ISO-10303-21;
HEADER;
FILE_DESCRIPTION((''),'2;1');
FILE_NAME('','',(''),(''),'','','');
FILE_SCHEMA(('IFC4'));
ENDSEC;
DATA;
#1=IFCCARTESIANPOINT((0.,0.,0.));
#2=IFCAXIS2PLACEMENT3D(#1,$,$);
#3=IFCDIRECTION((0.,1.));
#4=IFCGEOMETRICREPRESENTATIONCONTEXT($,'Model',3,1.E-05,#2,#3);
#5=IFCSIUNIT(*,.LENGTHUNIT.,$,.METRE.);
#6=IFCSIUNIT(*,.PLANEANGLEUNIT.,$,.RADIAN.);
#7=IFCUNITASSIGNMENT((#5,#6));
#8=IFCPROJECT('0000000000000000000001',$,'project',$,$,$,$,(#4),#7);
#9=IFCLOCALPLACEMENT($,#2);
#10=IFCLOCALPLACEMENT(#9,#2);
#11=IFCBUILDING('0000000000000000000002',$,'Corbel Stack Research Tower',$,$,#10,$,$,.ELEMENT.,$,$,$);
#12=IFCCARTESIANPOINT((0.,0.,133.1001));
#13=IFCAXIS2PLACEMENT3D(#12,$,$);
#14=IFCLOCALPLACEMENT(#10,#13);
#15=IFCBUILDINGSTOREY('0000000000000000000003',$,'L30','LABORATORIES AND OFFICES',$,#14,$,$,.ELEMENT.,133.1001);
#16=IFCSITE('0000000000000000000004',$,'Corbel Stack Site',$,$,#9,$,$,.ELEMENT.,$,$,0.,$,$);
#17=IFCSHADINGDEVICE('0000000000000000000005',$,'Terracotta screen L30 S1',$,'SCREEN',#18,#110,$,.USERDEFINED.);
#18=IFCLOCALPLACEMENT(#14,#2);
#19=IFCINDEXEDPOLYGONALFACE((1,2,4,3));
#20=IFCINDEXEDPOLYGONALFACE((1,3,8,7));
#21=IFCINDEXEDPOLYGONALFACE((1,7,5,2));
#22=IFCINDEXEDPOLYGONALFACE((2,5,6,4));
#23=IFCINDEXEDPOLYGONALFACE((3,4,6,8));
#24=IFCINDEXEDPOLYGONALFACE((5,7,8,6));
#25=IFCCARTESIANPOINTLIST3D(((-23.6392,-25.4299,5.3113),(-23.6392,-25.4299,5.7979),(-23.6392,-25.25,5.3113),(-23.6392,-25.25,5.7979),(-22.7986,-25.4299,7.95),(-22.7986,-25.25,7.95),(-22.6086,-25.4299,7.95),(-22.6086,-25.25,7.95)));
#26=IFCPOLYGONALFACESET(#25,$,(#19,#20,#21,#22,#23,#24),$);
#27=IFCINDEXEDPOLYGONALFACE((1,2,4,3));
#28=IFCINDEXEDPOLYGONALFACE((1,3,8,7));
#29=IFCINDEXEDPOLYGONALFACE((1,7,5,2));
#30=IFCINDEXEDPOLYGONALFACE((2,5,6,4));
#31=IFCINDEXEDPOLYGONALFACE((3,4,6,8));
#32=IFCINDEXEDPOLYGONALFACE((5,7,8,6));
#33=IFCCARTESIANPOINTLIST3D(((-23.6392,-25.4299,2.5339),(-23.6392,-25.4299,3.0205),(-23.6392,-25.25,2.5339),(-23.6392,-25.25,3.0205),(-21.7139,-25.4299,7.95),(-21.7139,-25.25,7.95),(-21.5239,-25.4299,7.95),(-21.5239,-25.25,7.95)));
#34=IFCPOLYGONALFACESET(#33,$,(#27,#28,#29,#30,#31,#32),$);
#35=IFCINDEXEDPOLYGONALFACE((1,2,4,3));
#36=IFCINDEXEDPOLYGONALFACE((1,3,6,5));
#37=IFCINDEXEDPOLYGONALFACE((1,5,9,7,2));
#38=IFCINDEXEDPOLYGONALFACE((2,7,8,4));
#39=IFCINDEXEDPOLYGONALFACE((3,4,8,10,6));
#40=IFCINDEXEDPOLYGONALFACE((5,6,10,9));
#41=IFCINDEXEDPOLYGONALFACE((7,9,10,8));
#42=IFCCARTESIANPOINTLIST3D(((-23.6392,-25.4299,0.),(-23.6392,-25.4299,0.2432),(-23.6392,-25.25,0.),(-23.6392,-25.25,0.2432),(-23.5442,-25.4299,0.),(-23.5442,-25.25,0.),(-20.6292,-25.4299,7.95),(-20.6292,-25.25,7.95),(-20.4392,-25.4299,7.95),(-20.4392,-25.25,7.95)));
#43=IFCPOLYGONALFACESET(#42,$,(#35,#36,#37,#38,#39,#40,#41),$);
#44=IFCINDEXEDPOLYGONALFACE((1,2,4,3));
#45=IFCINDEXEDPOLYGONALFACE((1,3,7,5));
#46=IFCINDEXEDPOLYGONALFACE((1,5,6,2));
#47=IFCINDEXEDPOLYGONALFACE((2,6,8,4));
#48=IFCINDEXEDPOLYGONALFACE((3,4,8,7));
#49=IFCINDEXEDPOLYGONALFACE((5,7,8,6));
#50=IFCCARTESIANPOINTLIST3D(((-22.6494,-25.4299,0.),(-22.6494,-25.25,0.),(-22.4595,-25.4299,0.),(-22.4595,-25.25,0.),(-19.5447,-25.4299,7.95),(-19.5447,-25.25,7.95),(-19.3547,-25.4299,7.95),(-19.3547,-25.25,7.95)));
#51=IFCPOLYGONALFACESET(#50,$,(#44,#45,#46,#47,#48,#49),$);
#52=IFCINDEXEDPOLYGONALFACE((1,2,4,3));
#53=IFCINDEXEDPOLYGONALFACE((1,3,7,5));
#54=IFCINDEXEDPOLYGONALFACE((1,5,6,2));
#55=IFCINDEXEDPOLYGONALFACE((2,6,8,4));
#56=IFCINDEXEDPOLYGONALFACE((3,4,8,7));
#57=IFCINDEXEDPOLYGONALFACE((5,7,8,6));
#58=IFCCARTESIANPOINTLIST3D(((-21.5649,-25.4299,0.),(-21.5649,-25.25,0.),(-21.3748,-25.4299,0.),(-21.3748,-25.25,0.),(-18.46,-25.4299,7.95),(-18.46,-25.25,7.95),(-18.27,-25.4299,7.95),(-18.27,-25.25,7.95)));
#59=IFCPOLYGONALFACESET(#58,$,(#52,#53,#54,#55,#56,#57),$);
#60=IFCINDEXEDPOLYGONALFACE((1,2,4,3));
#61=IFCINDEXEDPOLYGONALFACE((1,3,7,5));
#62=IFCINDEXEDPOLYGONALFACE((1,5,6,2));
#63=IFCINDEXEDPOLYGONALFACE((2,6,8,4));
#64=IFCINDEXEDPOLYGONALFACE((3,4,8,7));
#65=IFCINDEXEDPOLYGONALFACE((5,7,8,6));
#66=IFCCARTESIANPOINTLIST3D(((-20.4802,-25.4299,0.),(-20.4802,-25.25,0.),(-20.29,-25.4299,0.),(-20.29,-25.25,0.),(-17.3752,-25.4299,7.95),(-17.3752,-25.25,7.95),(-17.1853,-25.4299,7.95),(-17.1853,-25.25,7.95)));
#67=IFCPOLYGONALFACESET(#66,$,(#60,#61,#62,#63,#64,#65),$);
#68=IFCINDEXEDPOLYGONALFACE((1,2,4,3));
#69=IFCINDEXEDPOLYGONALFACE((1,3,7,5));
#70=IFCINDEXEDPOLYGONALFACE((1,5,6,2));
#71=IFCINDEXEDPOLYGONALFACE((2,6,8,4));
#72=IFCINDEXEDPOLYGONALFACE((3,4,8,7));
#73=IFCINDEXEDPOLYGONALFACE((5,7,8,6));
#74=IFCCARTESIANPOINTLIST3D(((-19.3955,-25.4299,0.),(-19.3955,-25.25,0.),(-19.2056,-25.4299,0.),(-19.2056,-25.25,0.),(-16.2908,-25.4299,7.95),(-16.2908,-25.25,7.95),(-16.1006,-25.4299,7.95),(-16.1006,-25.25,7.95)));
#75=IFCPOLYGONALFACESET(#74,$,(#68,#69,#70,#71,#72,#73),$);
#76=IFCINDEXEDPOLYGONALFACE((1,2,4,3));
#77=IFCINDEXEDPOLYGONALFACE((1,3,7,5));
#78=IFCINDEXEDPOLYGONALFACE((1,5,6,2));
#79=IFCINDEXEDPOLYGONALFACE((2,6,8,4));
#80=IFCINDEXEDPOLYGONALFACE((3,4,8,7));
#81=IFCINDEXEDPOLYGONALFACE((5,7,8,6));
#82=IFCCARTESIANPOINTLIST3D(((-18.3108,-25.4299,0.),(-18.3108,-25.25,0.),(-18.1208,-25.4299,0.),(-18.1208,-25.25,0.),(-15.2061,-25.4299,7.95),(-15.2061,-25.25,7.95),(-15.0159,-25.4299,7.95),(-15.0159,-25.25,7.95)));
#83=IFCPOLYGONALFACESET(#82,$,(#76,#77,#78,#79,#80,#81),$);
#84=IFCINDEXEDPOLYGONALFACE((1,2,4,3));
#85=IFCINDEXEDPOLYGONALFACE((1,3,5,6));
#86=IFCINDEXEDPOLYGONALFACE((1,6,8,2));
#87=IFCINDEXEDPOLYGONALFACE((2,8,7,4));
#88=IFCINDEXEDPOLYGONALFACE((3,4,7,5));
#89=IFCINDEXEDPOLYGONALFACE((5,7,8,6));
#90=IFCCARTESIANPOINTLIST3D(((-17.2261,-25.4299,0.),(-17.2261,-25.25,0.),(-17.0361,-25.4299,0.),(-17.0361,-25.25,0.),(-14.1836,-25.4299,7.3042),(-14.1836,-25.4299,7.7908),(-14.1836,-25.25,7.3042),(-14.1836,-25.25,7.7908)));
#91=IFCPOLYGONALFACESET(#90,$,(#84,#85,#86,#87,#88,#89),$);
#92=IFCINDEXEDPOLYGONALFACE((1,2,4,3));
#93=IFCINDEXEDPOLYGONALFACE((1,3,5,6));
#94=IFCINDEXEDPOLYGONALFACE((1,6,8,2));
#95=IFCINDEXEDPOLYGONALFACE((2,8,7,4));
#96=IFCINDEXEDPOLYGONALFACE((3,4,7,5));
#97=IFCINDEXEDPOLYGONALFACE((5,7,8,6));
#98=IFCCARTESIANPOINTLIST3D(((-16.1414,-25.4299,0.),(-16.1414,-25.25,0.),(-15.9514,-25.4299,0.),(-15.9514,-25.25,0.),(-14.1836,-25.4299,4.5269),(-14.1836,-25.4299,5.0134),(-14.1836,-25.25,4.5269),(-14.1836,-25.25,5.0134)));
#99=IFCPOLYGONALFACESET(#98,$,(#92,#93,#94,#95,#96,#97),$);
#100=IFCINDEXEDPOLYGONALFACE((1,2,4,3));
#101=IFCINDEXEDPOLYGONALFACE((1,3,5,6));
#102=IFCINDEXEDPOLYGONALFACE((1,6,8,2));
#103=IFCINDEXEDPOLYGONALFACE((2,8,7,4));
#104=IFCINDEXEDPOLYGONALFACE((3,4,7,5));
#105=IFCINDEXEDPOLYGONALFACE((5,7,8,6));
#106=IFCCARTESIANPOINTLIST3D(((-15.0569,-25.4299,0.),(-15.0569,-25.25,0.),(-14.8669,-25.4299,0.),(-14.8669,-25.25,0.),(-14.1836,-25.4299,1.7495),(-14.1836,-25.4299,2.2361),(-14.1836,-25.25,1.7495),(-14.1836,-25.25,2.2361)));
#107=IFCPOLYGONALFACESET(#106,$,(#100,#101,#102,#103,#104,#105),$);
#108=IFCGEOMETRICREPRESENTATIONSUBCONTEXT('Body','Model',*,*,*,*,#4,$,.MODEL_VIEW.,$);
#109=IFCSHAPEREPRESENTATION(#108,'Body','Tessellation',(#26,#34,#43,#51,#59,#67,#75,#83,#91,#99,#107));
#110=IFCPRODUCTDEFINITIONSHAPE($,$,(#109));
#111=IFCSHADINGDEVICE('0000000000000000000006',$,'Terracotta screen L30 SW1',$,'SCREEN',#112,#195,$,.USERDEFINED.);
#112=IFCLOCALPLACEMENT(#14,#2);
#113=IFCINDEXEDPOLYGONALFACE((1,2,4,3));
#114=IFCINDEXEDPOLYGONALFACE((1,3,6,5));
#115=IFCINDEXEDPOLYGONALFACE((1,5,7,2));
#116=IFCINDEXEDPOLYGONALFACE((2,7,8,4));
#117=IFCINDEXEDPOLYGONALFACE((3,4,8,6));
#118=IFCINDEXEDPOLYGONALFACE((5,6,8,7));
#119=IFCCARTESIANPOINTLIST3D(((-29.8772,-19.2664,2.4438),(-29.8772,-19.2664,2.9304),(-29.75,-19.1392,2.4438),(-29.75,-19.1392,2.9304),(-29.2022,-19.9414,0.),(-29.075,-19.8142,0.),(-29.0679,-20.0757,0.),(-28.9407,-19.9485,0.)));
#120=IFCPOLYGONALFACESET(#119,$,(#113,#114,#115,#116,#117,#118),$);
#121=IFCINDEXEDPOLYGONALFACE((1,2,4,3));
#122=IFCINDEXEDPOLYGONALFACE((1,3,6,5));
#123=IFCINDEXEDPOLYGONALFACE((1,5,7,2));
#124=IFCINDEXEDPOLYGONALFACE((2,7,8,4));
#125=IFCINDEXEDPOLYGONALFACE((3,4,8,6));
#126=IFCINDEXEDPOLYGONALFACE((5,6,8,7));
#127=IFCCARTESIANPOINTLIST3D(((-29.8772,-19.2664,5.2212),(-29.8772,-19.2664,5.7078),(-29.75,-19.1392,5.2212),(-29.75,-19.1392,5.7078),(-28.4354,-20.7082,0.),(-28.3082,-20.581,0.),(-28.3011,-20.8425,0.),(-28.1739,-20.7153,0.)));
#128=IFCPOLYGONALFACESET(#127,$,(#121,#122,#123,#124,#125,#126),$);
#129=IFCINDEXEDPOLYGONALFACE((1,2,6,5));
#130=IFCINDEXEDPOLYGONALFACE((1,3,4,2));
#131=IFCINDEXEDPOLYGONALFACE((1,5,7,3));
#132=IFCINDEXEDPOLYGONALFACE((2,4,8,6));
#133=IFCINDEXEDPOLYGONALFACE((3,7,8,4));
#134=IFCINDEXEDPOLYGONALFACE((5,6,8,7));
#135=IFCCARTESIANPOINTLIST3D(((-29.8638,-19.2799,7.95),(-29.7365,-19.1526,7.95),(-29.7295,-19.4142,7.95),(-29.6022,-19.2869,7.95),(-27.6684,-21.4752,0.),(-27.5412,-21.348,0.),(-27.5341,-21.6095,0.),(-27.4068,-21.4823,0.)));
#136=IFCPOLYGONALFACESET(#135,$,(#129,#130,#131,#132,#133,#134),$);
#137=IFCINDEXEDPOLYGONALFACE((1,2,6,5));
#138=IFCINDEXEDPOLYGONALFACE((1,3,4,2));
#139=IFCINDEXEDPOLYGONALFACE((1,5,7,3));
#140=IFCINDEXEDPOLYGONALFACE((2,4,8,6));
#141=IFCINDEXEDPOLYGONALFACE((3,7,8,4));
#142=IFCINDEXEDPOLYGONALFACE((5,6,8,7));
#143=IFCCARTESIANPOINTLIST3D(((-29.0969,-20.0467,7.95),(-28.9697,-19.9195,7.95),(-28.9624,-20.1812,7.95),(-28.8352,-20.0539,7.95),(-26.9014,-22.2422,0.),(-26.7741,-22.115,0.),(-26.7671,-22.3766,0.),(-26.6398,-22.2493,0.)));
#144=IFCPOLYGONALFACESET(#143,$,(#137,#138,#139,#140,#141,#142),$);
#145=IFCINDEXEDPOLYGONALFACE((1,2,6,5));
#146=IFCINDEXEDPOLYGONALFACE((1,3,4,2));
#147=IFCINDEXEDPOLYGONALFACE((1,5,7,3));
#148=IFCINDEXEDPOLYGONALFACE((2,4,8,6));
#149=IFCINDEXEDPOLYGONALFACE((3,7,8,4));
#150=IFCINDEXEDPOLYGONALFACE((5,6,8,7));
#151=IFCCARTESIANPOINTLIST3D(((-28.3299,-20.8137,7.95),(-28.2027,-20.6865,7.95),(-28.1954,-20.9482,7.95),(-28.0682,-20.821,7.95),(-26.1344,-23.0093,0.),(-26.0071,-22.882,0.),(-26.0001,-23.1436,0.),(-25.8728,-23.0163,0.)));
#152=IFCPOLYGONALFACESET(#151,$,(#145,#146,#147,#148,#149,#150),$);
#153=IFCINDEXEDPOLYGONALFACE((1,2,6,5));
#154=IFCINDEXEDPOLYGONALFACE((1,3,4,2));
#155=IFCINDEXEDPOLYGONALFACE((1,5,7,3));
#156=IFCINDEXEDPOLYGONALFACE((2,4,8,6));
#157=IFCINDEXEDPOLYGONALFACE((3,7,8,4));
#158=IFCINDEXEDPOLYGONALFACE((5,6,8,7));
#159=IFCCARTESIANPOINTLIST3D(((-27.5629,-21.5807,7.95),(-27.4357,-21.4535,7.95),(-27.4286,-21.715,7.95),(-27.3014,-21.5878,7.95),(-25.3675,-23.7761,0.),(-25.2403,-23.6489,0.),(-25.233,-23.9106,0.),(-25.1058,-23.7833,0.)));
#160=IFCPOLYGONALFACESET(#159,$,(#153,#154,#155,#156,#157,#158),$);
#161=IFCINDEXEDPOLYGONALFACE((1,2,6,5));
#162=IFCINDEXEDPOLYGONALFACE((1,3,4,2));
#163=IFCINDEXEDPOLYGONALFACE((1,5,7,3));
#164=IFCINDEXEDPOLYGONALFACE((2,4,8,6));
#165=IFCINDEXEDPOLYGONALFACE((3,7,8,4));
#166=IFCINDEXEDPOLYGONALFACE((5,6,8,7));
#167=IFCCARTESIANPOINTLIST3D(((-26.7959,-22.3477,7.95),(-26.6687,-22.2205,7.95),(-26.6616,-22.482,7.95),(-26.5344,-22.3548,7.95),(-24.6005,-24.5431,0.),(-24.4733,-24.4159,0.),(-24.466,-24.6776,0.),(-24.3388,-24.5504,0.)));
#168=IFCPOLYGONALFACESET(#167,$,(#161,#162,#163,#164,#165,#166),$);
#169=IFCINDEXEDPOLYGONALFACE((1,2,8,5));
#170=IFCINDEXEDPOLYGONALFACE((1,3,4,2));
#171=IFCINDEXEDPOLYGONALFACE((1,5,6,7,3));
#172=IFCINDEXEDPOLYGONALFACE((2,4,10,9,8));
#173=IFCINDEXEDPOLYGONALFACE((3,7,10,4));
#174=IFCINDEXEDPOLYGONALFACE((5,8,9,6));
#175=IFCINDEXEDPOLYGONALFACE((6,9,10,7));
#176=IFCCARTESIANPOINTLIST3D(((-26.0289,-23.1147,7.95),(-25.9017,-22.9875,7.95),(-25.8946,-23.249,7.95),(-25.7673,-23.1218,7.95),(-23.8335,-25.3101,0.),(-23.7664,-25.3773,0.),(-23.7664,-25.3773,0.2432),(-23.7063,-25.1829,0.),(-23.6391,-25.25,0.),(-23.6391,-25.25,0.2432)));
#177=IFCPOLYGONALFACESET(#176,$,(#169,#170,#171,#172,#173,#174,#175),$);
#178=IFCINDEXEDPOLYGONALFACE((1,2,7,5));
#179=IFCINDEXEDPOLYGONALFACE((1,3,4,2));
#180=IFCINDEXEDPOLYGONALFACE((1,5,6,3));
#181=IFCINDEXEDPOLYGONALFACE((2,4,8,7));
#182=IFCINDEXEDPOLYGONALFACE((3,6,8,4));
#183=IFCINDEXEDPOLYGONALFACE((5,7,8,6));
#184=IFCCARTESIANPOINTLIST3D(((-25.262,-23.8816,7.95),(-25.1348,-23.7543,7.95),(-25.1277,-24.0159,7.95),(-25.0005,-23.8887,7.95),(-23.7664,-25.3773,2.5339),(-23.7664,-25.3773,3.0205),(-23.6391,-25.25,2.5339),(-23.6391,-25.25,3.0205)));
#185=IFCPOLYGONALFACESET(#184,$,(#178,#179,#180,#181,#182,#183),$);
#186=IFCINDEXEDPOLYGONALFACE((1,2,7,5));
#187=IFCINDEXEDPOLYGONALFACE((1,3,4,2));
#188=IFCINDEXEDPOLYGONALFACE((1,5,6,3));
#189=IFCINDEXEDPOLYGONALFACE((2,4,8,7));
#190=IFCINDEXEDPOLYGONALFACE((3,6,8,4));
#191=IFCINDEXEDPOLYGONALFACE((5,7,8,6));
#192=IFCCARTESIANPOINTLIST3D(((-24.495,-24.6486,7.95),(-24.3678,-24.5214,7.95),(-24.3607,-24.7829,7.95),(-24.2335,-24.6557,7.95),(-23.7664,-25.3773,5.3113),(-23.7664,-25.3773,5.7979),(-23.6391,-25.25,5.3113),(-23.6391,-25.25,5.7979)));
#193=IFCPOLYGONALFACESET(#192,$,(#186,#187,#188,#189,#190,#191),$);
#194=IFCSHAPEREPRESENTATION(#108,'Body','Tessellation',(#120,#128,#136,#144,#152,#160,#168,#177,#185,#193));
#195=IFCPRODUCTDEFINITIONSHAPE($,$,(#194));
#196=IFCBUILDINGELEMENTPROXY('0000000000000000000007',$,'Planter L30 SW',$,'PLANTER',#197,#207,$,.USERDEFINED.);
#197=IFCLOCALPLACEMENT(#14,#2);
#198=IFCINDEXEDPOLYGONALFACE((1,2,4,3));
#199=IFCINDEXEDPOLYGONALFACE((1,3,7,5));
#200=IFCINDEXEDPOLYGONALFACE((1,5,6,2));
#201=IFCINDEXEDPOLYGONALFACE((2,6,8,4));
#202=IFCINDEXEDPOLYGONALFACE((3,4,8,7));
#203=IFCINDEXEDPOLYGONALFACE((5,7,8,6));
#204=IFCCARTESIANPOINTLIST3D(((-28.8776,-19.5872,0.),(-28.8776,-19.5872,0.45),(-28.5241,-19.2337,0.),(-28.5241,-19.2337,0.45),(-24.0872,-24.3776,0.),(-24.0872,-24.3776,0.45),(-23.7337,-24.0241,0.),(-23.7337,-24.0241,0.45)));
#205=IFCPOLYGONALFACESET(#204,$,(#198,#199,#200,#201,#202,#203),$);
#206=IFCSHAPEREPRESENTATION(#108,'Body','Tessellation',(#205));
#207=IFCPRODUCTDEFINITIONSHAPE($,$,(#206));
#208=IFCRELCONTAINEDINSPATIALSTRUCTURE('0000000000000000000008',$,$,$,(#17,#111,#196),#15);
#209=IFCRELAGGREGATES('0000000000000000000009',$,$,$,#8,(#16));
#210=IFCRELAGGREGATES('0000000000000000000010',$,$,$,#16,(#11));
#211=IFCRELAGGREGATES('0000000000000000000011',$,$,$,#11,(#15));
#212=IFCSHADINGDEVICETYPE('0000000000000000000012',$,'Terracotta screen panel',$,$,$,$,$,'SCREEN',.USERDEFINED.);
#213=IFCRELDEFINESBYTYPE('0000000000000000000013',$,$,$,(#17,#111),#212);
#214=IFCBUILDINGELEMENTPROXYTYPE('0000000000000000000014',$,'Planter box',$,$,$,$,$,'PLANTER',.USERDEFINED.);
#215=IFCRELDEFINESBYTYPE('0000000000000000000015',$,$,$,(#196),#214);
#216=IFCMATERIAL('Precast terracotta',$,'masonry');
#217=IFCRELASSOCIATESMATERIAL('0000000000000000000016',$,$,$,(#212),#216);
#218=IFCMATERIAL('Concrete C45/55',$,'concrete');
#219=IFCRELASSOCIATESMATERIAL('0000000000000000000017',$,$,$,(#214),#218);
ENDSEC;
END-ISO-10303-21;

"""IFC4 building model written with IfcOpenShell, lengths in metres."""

from ifc_helpers import new_model, si_unit, direction, frame, origin, origin_2d, place, context, subcontext, project, spatial, polyline, rectangle, outline, extrude, source, transform, mapped, material, type_object, element, save


model = new_model("IFC4")

# Units and contexts
model_context = context("Model", 3, precision=1e-05, world=origin(), true_north=direction((0.0, 1.0)))
body_context = subcontext(model_context, "Body", "Model", "MODEL_VIEW")
ifc_project = project(units=[si_unit("LENGTHUNIT", "METRE"), si_unit("PLANEANGLEUNIT", "RADIAN")], contexts=[model_context])

# Site, building, storey
site_placement = place(None, origin())
site = spatial("IfcSite", under=ifc_project, at=site_placement, Name="Corbel Stack Site", CompositionType="ELEMENT", RefElevation=0.0)
building_placement = place(site_placement, origin())
building = spatial("IfcBuilding", under=site, at=building_placement, Name="Corbel Stack Research Tower", CompositionType="ELEMENT")
storey_placement = place(building_placement, frame((0.0, 0.0, 133.1001)))
storey = spatial("IfcBuildingStorey", under=building, at=storey_placement, Name="L30", Description="LABORATORIES AND OFFICES", CompositionType="ELEMENT", Elevation=133.1001)

# Shading devices
ifc_material_1 = material(Name="Precast terracotta", Category="masonry")
shading_device_type = type_object("IfcShadingDeviceType", Name="Terracotta screen panel", ElementType="SCREEN", PredefinedType="USERDEFINED", material=ifc_material_1)
shared_shape_1 = source(origin(), body_context, "Body", "SweptSolid", [
    extrude(outline(polyline([(1.0305, 7.95), (0.8406, 7.95), (0.0, 5.7979), (0.0, 5.3113), (1.0305, 7.95)])), frame((0.0, 0.0, 0.0), z_axis=(0.0, -1.0, 0.0), x_axis=(1.0, 0.0, 0.0)), (0.0, 0.0, 1.0), 0.1799),
    extrude(outline(polyline([(2.1152, 7.95), (1.9253, 7.95), (0.0, 3.0205), (0.0, 2.5339), (2.1152, 7.95)])), frame((0.0, 0.0, 0.0), z_axis=(0.0, -1.0, 0.0), x_axis=(1.0, 0.0, 0.0)), (0.0, 0.0, 1.0), 0.1799),
    extrude(outline(polyline([(0.095, 0.0), (3.2, 7.95), (3.01, 7.95), (0.0, 0.2432), (0.0, 0.0), (0.095, 0.0)])), frame((0.0, 0.0, 0.0), z_axis=(0.0, -1.0, 0.0), x_axis=(1.0, 0.0, 0.0)), (0.0, 0.0, 1.0), 0.1799),
    extrude(outline(polyline([(1.1797, 0.0), (4.2844, 7.95), (4.0945, 7.95), (0.9897, 0.0), (1.1797, 0.0)])), frame((0.0, 0.0, 0.0), z_axis=(0.0, -1.0, 0.0), x_axis=(1.0, 0.0, 0.0)), (0.0, 0.0, 1.0), 0.1799),
    extrude(outline(polyline([(2.2644, 0.0), (5.3691, 7.95), (5.1792, 7.95), (2.0742, 0.0), (2.2644, 0.0)])), frame((0.0, 0.0, 0.0), z_axis=(0.0, -1.0, 0.0), x_axis=(1.0, 0.0, 0.0)), (0.0, 0.0, 1.0), 0.1799),
    extrude(outline(polyline([(3.3491, 0.0), (6.4539, 7.95), (6.2639, 7.95), (3.1589, 0.0), (3.3491, 0.0)])), frame((0.0, 0.0, 0.0), z_axis=(0.0, -1.0, 0.0), x_axis=(1.0, 0.0, 0.0)), (0.0, 0.0, 1.0), 0.1799),
    extrude(outline(polyline([(4.4336, 0.0), (7.5386, 7.95), (7.3484, 7.95), (4.2437, 0.0), (4.4336, 0.0)])), frame((0.0, 0.0, 0.0), z_axis=(0.0, -1.0, 0.0), x_axis=(1.0, 0.0, 0.0)), (0.0, 0.0, 1.0), 0.1799),
    extrude(outline(polyline([(5.5183, 0.0), (8.6233, 7.95), (8.4331, 7.95), (5.3284, 0.0), (5.5183, 0.0)])), frame((0.0, 0.0, 0.0), z_axis=(0.0, -1.0, 0.0), x_axis=(1.0, 0.0, 0.0)), (0.0, 0.0, 1.0), 0.1799),
    extrude(outline(polyline([(6.603, 0.0), (9.4556, 7.3042), (9.4556, 7.7908), (6.4131, 0.0), (6.603, 0.0)])), frame((0.0, 0.0, 0.0), z_axis=(0.0, -1.0, 0.0), x_axis=(1.0, 0.0, 0.0)), (0.0, 0.0, 1.0), 0.1799),
    extrude(outline(polyline([(7.6877, 0.0), (9.4556, 4.5269), (9.4556, 5.0134), (7.4978, 0.0), (7.6877, 0.0)])), frame((0.0, 0.0, 0.0), z_axis=(0.0, -1.0, 0.0), x_axis=(1.0, 0.0, 0.0)), (0.0, 0.0, 1.0), 0.1799),
    extrude(outline(polyline([(8.7722, 0.0), (9.4556, 1.7495), (9.4556, 2.2361), (8.5823, 0.0), (8.7722, 0.0)])), frame((0.0, 0.0, 0.0), z_axis=(0.0, -1.0, 0.0), x_axis=(1.0, 0.0, 0.0)), (0.0, 0.0, 1.0), 0.1799),
])
shading_device_1_placement = place(storey_placement, frame((-23.6392, -25.25, 0.0), z_axis=(0.0, 0.0, 1.0), x_axis=(1.0, 0.0, 0.0)))
element("IfcShadingDevice", 1, at=shading_device_1_placement, inside=storey, type_object=shading_device_type, Name="Terracotta screen L30 S1", ObjectType="SCREEN", PredefinedType="USERDEFINED", context=body_context, shape_type="MappedRepresentation", body=[
    mapped(shared_shape_1, transform((0.0, 0.0, 0.0))),
])
shared_shape_2 = source(origin(), body_context, "Body", "SweptSolid", [
    extrude(outline(polyline([(1.1445, 0.0), (0.0, 2.9304), (0.0, 2.4438), (0.9546, 0.0), (1.1445, 0.0)])), frame((0.0, 0.0, 0.0), z_axis=(0.0, -1.0, 0.0), x_axis=(1.0, 0.0, 0.0)), (0.0, 0.0, 1.0), 0.1799),
    extrude(outline(polyline([(2.229, 0.0), (0.0, 5.7078), (0.0, 5.2212), (2.0391, 0.0), (2.229, 0.0)])), frame((0.0, 0.0, 0.0), z_axis=(0.0, -1.0, 0.0), x_axis=(1.0, 0.0, 0.0)), (0.0, 0.0, 1.0), 0.1799),
    extrude(outline(polyline([(3.3137, 0.0), (0.209, 7.95), (0.019, 7.95), (3.1238, 0.0), (3.3137, 0.0)])), frame((0.0, 0.0, 0.0), z_axis=(0.0, -1.0, 0.0), x_axis=(1.0, 0.0, 0.0)), (0.0, 0.0, 1.0), 0.1799),
    extrude(outline(polyline([(4.3984, 0.0), (1.2937, 7.95), (1.1035, 7.95), (4.2085, 0.0), (4.3984, 0.0)])), frame((0.0, 0.0, 0.0), z_axis=(0.0, -1.0, 0.0), x_axis=(1.0, 0.0, 0.0)), (0.0, 0.0, 1.0), 0.1799),
    extrude(outline(polyline([(5.4832, 0.0), (2.3784, 7.95), (2.1882, 7.95), (5.2932, 0.0), (5.4832, 0.0)])), frame((0.0, 0.0, 0.0), z_axis=(0.0, -1.0, 0.0), x_axis=(1.0, 0.0, 0.0)), (0.0, 0.0, 1.0), 0.1799),
    extrude(outline(polyline([(6.5679, 0.0), (3.4629, 7.95), (3.2729, 7.95), (6.3777, 0.0), (6.5679, 0.0)])), frame((0.0, 0.0, 0.0), z_axis=(0.0, -1.0, 0.0), x_axis=(1.0, 0.0, 0.0)), (0.0, 0.0, 1.0), 0.1799),
    extrude(outline(polyline([(7.6526, 0.0), (4.5476, 7.95), (4.3577, 7.95), (7.4624, 0.0), (7.6526, 0.0)])), frame((0.0, 0.0, 0.0), z_axis=(0.0, -1.0, 0.0), x_axis=(1.0, 0.0, 0.0)), (0.0, 0.0, 1.0), 0.1799),
    extrude(outline(polyline([(8.6421, 0.0), (8.6421, 0.2432), (5.6323, 7.95), (5.4424, 7.95), (8.5471, 0.0), (8.6421, 0.0)])), frame((0.0, 0.0, 0.0), z_axis=(0.0, -1.0, 0.0), x_axis=(1.0, 0.0, 0.0)), (0.0, 0.0, 1.0), 0.1799),
    extrude(outline(polyline([(6.7168, 7.95), (6.5269, 7.95), (8.6421, 2.5339), (8.6421, 3.0205), (6.7168, 7.95)])), frame((0.0, 0.0, 0.0), z_axis=(0.0, -1.0, 0.0), x_axis=(1.0, 0.0, 0.0)), (0.0, 0.0, 1.0), 0.1799),
    extrude(outline(polyline([(7.8015, 7.95), (7.6116, 7.95), (8.6421, 5.3113), (8.6421, 5.7979), (7.8015, 7.95)])), frame((0.0, 0.0, 0.0), z_axis=(0.0, -1.0, 0.0), x_axis=(1.0, 0.0, 0.0)), (0.0, 0.0, 1.0), 0.1799),
])
shading_device_2_placement = place(storey_placement, frame((-29.75, -19.1392, 0.0), z_axis=(0.0, 0.0, 1.0), x_axis=(0.707107, -0.707107, 0.0)))
element("IfcShadingDevice", 2, at=shading_device_2_placement, inside=storey, type_object=shading_device_type, Name="Terracotta screen L30 SW1", ObjectType="SCREEN", PredefinedType="USERDEFINED", context=body_context, shape_type="MappedRepresentation", body=[
    mapped(shared_shape_2, transform((0.0, 0.0, 0.0))),
])

# Building element proxy
ifc_material_2 = material(Name="Concrete C45/55", Category="concrete")
building_element_proxy_type = type_object("IfcBuildingElementProxyType", Name="Planter box", ElementType="PLANTER", PredefinedType="USERDEFINED", material=ifc_material_2)
proxy_placement = place(storey_placement, frame((-26.3057, -21.8057, 0.0), z_axis=(0.0, 0.0, 1.0), x_axis=(0.707107, -0.707107, 0.0)))
element("IfcBuildingElementProxy", 3, at=proxy_placement, inside=storey, type_object=building_element_proxy_type, Name="Planter L30 SW", ObjectType="PLANTER", PredefinedType="USERDEFINED", context=body_context, shape_type="SweptSolid", body=[
    extrude(rectangle(XDim=6.7747, YDim=0.5, at=origin_2d()), origin(), (0.0, 0.0, 1.0), 0.45),
])

save(model, "model.ifc")
